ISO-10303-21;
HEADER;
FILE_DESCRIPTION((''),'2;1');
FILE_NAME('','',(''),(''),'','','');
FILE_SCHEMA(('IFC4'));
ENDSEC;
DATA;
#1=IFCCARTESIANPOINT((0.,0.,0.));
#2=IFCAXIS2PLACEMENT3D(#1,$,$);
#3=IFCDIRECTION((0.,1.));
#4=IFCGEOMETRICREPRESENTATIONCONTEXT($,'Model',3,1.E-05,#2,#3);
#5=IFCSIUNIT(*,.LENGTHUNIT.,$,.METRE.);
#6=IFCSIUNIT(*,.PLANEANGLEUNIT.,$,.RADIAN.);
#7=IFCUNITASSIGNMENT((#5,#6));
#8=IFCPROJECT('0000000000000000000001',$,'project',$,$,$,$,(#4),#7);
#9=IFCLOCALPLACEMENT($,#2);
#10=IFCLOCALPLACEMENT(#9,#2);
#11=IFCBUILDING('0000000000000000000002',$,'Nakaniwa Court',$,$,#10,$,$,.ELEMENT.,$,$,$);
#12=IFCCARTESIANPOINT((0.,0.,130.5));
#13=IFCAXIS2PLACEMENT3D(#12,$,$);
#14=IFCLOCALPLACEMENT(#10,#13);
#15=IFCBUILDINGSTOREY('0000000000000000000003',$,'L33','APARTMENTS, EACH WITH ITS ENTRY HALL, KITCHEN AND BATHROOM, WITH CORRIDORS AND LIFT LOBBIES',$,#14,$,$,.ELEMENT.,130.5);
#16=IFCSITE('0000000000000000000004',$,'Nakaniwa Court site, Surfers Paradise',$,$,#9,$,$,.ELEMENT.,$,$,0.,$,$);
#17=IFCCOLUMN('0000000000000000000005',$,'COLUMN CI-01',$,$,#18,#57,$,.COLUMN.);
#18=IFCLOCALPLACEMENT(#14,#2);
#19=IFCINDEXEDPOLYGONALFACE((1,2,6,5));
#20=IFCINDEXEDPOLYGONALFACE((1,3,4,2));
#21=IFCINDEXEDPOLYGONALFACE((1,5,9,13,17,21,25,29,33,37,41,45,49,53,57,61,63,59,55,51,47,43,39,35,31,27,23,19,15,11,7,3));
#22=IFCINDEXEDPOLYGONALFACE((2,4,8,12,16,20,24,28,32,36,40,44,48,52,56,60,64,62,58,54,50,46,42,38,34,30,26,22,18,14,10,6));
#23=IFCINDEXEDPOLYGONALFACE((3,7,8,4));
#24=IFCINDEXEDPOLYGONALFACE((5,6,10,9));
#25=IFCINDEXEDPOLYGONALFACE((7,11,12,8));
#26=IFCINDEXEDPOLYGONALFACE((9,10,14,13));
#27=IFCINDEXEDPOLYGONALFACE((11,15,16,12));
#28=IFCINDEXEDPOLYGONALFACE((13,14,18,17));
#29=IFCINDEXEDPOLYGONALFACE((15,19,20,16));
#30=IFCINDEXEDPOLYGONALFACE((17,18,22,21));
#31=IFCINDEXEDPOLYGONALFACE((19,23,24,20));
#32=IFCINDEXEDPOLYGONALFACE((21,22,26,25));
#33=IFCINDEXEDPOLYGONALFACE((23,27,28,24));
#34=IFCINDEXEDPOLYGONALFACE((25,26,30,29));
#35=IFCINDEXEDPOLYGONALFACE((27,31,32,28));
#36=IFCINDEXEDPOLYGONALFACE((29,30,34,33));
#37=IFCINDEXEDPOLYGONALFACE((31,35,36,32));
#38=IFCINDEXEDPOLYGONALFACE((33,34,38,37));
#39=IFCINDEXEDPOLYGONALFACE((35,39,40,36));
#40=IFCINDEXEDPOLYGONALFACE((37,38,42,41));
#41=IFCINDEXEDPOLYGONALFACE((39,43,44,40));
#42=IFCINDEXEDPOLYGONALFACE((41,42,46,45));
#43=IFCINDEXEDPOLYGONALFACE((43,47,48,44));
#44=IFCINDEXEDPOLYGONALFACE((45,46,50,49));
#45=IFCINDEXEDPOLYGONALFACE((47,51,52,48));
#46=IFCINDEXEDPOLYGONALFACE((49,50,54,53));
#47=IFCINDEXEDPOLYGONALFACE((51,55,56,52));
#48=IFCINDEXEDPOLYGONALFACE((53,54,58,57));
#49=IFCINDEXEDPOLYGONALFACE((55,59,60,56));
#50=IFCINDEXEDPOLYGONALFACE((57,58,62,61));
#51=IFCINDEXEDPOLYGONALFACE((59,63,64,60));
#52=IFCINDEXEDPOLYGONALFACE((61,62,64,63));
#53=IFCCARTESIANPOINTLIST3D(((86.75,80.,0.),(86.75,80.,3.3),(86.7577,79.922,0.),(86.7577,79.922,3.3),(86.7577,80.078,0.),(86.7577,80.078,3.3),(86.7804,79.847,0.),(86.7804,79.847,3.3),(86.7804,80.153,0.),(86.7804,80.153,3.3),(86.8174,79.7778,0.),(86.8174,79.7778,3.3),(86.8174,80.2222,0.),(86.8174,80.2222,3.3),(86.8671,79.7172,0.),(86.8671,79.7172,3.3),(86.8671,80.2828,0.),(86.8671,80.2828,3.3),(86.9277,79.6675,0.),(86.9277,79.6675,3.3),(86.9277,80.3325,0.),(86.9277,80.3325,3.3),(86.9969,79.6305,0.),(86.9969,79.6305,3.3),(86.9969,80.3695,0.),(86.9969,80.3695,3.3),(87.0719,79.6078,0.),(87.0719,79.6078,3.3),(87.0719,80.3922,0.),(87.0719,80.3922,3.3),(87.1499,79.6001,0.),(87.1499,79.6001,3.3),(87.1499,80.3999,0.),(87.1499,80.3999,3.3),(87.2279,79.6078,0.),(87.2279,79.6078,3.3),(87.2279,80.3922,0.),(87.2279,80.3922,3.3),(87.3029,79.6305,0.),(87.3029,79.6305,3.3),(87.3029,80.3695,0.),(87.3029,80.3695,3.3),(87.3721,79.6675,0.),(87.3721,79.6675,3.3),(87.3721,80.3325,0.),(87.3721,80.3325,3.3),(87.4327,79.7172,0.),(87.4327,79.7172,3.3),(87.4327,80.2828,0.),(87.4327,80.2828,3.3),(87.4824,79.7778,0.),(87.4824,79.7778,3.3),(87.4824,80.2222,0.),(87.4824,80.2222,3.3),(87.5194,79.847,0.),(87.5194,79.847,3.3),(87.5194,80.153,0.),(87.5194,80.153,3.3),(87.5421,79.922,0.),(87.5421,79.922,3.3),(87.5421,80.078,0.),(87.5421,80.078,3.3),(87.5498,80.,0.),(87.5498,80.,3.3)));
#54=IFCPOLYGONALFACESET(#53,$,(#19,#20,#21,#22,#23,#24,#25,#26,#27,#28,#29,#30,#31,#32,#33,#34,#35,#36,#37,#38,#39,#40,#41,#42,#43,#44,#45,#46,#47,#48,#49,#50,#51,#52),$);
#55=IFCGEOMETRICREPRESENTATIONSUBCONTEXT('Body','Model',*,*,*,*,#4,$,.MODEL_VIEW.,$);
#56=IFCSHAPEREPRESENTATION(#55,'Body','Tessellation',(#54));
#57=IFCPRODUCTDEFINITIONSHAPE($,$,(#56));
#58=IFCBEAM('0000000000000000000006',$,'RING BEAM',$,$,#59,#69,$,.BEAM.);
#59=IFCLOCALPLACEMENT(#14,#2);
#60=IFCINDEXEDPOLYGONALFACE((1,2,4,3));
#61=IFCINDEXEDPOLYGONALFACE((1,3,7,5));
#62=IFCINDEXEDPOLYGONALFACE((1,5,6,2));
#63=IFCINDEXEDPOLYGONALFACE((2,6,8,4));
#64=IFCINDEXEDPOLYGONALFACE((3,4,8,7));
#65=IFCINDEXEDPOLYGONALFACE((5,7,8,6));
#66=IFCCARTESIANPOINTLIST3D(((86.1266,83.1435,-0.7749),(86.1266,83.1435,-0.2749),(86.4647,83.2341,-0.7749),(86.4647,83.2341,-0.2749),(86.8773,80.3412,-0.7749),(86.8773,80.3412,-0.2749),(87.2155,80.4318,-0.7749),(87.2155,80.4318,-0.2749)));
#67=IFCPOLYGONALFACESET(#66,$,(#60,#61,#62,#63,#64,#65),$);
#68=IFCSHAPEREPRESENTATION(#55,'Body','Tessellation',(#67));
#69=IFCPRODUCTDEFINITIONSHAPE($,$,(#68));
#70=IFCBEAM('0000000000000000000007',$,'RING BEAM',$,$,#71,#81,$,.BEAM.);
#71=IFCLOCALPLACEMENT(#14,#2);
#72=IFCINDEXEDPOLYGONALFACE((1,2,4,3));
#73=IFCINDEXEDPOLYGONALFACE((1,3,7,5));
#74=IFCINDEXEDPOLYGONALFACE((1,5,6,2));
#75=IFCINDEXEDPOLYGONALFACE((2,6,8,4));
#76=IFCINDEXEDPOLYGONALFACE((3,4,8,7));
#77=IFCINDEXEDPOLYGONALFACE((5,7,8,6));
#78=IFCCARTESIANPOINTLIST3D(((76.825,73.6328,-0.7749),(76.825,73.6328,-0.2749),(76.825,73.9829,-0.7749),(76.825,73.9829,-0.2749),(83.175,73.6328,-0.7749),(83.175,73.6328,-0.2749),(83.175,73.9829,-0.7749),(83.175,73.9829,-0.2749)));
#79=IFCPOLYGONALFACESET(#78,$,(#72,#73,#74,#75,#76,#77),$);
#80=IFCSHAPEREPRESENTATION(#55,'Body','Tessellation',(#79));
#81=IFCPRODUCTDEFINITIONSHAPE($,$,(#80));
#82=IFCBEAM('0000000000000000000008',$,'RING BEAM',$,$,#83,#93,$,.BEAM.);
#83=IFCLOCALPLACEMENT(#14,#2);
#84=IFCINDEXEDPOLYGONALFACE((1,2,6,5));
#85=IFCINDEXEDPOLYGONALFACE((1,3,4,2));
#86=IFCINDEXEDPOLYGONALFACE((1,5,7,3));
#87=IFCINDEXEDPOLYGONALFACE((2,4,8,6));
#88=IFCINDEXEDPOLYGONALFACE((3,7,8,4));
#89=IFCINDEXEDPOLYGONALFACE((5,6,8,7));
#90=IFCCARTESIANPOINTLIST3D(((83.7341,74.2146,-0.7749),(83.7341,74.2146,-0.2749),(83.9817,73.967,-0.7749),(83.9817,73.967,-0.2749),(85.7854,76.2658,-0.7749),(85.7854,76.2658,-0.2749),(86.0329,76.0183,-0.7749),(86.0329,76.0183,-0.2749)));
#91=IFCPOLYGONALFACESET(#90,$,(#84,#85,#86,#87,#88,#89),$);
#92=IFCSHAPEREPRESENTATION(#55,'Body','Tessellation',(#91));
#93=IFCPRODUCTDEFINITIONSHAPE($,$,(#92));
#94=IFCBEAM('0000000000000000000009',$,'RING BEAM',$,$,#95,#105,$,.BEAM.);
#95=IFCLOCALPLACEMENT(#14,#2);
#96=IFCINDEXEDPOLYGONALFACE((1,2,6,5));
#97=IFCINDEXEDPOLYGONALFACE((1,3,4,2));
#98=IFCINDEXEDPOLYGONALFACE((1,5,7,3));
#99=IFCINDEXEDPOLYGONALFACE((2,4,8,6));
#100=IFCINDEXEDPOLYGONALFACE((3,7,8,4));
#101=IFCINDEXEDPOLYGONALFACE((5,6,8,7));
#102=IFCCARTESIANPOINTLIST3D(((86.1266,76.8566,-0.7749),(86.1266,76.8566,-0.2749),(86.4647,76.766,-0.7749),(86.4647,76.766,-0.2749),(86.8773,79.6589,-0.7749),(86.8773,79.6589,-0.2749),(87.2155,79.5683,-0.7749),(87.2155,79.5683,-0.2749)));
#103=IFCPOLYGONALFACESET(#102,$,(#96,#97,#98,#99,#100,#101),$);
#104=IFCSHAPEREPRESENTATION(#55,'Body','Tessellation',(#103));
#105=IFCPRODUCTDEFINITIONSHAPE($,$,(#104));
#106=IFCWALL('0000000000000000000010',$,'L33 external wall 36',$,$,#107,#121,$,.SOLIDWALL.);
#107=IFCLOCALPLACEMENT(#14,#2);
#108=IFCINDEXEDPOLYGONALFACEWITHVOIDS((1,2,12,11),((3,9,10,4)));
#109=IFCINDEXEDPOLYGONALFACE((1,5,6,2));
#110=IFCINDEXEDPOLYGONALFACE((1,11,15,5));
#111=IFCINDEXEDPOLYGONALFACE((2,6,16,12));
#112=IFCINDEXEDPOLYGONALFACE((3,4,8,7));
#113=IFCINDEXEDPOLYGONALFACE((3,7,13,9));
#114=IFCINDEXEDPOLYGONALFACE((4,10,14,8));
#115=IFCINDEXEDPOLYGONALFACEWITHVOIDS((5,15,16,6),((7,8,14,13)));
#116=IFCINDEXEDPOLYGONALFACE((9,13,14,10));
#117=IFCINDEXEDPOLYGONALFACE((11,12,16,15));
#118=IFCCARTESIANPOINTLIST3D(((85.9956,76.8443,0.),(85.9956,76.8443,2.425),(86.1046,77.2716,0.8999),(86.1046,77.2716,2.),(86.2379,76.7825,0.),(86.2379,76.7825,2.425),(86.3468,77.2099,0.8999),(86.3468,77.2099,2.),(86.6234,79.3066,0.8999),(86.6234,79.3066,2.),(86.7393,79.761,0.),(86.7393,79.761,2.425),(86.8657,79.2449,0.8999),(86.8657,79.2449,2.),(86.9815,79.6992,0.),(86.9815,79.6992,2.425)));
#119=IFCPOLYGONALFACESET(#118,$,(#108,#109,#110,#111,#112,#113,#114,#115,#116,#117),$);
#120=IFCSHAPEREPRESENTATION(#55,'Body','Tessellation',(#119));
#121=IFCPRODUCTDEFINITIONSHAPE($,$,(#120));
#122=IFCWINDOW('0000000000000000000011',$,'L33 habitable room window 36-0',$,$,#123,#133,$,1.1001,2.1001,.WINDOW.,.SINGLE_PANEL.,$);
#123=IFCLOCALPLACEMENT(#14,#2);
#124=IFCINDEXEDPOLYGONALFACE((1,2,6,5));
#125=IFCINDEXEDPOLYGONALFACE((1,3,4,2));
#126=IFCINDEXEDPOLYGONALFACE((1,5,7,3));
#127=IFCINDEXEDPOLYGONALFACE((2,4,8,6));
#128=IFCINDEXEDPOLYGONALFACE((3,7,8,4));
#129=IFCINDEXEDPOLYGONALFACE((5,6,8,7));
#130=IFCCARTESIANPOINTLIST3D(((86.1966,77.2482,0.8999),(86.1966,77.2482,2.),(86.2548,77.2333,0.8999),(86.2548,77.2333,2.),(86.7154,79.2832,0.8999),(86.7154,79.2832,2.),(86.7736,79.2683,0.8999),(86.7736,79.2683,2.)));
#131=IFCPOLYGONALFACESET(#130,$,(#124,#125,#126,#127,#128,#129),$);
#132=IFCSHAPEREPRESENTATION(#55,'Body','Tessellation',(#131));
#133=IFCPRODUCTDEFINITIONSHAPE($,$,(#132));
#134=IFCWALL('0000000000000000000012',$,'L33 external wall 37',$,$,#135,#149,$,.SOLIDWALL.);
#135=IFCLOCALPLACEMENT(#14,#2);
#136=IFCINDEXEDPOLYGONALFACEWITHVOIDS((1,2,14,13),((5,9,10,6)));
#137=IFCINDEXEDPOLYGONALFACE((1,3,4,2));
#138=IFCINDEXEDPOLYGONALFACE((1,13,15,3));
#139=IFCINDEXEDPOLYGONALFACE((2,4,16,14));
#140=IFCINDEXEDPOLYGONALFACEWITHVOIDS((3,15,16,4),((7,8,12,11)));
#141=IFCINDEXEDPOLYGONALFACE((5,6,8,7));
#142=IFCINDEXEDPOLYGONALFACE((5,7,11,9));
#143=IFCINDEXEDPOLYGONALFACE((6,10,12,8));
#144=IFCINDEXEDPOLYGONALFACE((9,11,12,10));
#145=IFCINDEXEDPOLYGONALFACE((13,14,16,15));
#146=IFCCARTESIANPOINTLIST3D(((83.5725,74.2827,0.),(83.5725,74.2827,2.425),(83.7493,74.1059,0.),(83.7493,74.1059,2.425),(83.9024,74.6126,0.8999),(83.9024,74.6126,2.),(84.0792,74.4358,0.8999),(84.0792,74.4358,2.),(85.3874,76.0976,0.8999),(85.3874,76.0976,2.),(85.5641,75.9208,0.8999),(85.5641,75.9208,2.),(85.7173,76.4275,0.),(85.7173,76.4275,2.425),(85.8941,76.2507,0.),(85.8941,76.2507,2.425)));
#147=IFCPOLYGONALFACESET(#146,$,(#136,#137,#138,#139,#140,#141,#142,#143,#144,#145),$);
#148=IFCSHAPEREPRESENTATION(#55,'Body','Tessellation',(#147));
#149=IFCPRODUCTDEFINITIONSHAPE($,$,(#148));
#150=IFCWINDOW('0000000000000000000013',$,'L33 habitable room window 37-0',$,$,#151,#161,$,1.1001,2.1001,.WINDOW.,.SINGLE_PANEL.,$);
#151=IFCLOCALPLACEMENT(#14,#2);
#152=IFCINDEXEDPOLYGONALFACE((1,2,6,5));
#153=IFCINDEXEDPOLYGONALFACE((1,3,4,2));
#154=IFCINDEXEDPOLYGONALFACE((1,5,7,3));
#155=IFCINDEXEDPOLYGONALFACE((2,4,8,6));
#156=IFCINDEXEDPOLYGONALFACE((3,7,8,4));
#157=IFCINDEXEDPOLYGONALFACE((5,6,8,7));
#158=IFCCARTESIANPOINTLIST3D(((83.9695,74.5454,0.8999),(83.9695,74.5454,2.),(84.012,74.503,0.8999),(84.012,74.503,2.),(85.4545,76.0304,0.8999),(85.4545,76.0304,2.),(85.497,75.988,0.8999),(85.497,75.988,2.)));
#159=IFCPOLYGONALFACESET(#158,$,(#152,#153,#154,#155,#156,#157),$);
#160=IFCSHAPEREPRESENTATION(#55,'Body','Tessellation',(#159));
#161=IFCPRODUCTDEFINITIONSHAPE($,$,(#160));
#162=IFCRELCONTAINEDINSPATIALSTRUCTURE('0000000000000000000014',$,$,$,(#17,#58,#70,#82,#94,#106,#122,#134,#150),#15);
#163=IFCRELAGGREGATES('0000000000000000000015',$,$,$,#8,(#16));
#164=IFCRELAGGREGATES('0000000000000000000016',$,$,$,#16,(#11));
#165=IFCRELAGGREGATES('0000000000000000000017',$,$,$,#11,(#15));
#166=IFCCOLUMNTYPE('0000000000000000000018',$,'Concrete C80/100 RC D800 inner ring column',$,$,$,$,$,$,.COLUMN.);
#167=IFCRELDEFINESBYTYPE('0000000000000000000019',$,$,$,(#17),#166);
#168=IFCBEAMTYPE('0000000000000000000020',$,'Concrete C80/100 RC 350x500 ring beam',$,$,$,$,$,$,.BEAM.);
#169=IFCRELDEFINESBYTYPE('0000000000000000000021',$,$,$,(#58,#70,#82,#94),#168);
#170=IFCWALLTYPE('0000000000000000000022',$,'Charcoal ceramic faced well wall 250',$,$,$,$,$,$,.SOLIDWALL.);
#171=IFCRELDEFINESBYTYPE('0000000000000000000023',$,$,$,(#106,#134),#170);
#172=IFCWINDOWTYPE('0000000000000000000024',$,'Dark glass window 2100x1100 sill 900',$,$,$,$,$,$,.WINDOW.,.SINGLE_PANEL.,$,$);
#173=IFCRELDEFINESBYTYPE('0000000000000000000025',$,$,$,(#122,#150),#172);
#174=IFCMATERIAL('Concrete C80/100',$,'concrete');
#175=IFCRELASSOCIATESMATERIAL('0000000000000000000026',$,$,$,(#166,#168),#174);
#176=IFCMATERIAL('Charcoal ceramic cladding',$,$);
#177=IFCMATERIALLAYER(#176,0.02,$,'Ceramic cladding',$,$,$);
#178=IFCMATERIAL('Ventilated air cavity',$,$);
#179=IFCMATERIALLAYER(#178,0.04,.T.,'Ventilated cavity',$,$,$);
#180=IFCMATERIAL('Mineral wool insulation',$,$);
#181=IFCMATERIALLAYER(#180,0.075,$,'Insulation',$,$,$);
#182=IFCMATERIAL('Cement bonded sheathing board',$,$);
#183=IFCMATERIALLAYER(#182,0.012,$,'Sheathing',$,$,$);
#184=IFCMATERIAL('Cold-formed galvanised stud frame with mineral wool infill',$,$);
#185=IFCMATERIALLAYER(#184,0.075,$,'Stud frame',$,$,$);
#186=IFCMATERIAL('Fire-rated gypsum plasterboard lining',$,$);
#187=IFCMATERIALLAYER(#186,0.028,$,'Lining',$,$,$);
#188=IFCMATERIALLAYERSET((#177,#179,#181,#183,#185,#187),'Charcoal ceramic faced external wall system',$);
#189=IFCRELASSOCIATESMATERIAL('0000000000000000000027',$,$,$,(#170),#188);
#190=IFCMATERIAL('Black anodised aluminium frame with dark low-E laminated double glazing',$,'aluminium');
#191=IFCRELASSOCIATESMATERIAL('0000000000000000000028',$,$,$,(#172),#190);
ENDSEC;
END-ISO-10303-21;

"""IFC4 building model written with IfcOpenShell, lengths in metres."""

from ifc_helpers import new_model, si_unit, direction, frame, frame_2d, origin, origin_2d, place, context, subcontext, project, spatial, rectangle, circle, extrude, material, layer, layer_set, material_profile, profile_set, type_object, element, fill, save


model = new_model("IFC4")

# Units and contexts
model_context = context("Model", 3, precision=1e-05, world=origin(), true_north=direction((0.0, 1.0)))
body_context = subcontext(model_context, "Body", "Model", "MODEL_VIEW")
ifc_project = project(units=[si_unit("LENGTHUNIT", "METRE"), si_unit("PLANEANGLEUNIT", "RADIAN")], contexts=[model_context])

# Site, building, storey
site_placement = place(None, origin())
site = spatial("IfcSite", under=ifc_project, at=site_placement, Name="Nakaniwa Court site, Surfers Paradise", CompositionType="ELEMENT", RefElevation=0.0)
building_placement = place(site_placement, origin())
building = spatial("IfcBuilding", under=site, at=building_placement, Name="Nakaniwa Court", CompositionType="ELEMENT")
storey_placement = place(building_placement, frame((0.0, 0.0, 130.5)))
storey = spatial("IfcBuildingStorey", under=building, at=storey_placement, Name="L33", Description="APARTMENTS, EACH WITH ITS ENTRY HALL, KITCHEN AND BATHROOM, WITH CORRIDORS AND LIFT LOBBIES", CompositionType="ELEMENT", Elevation=130.5)

# Column
ifc_material_1 = material(Name="Concrete C80/100", Category="concrete")
ifc_material_profile_1 = material_profile(ifc_material_1, circle(Radius=0.3999, at=origin_2d()), Name="Concrete C80/100 RC D800 inner ring column")
ifc_profile_set_1 = profile_set([ifc_material_profile_1], Name="Concrete C80/100")
column_type = type_object("IfcColumnType", Name="Concrete C80/100 RC D800 inner ring column", PredefinedType="COLUMN", material=ifc_profile_set_1)
for number, where, z_axis, x_axis, name in (
    (1, (87.1499, 80.0, 0.0), (0.0, 0.0, 1.0), (0.0, 1.0, 0.0), "COLUMN CI-01"),
):
    element("IfcColumn", number, at=place(storey_placement, frame(where, z_axis=z_axis, x_axis=x_axis)), inside=storey, type_object=column_type, Name=name, PredefinedType="COLUMN", context=body_context, shape_type="SweptSolid", body=[
        extrude(circle(Radius=0.3999, at=origin_2d()), origin(), (0.0, 0.0, 1.0), 3.3),
    ])

# Beams
ifc_material_profile_2 = material_profile(ifc_material_1, rectangle(XDim=0.3501, YDim=0.5, at=origin_2d()), Name="Concrete C80/100 RC 350x500 ring beam")
ifc_profile_set_2 = profile_set([ifc_material_profile_2], Name="Concrete C80/100")
beam_type = type_object("IfcBeamType", Name="Concrete C80/100 RC 350x500 ring beam", PredefinedType="BEAM", material=ifc_profile_set_2)
beam_1_placement = place(storey_placement, frame((87.0464, 80.3865, -0.5249), z_axis=(-0.258778, 0.965937, 0.0), x_axis=(-0.965937, -0.258778, 0.0)))
element("IfcBeam", 2, at=beam_1_placement, inside=storey, type_object=beam_type, Name="RING BEAM", PredefinedType="BEAM", context=body_context, shape_type="SweptSolid", body=[
    extrude(rectangle(XDim=0.3501, YDim=0.5, at=origin_2d()), origin(), (0.0, 0.0, 1.0), 2.9011),
])
beam_2_placement = place(storey_placement, frame((76.825, 73.8079, -0.5249), z_axis=(1.0, 0.0, 0.0), x_axis=(0.0, 1.0, 0.0)))
element("IfcBeam", 3, at=beam_2_placement, inside=storey, type_object=beam_type, Name="RING BEAM", PredefinedType="BEAM", context=body_context, shape_type="SweptSolid", body=[
    extrude(rectangle(XDim=0.3501, YDim=0.5, at=origin_2d()), origin(), (0.0, 0.0, 1.0), 6.3501),
])
beam_3_placement = place(storey_placement, frame((83.8579, 74.0908, -0.5249), z_axis=(0.707107, 0.707107, 0.0), x_axis=(-0.707107, 0.707107, 0.0)))
element("IfcBeam", 4, at=beam_3_placement, inside=storey, type_object=beam_type, Name="RING BEAM", PredefinedType="BEAM", context=body_context, shape_type="SweptSolid", body=[
    extrude(rectangle(XDim=0.3501, YDim=0.5, at=origin_2d()), origin(), (0.0, 0.0, 1.0), 2.9009),
])
beam_4_placement = place(storey_placement, frame((86.2957, 76.8113, -0.5249), z_axis=(0.258778, 0.965937, 0.0), x_axis=(-0.965937, 0.258778, 0.0)))
element("IfcBeam", 5, at=beam_4_placement, inside=storey, type_object=beam_type, Name="RING BEAM", PredefinedType="BEAM", context=body_context, shape_type="SweptSolid", body=[
    extrude(rectangle(XDim=0.3501, YDim=0.5, at=origin_2d()), origin(), (0.0, 0.0, 1.0), 2.9011),
])

# Walls, openings, windows
ifc_material_2 = material(Name="Charcoal ceramic cladding")
ifc_layer_1 = layer(ifc_material_2, 0.02, Name="Ceramic cladding")
ifc_material_3 = material(Name="Ventilated air cavity")
ifc_layer_2 = layer(ifc_material_3, 0.04, ventilated=True, Name="Ventilated cavity")
ifc_material_4 = material(Name="Mineral wool insulation")
ifc_layer_3 = layer(ifc_material_4, 0.075, Name="Insulation")
ifc_material_5 = material(Name="Cement bonded sheathing board")
ifc_layer_4 = layer(ifc_material_5, 0.012, Name="Sheathing")
ifc_material_6 = material(Name="Cold-formed galvanised stud frame with mineral wool infill")
ifc_layer_5 = layer(ifc_material_6, 0.075, Name="Stud frame")
ifc_material_7 = material(Name="Fire-rated gypsum plasterboard lining")
ifc_layer_6 = layer(ifc_material_7, 0.028, Name="Lining")
ifc_layer_set = layer_set([ifc_layer_1, ifc_layer_2, ifc_layer_3, ifc_layer_4, ifc_layer_5, ifc_layer_6], Name="Charcoal ceramic faced external wall system")
wall_type = type_object("IfcWallType", Name="Charcoal ceramic faced well wall 250", PredefinedType="SOLIDWALL", material=ifc_layer_set)
wall_1_placement = place(storey_placement, frame((86.8604, 79.73, 0.0), z_axis=(0.0, 0.0, 1.0), x_axis=(-0.247056, -0.969001, 0.0)))
wall_1 = element("IfcWall", 6, at=wall_1_placement, inside=storey, type_object=wall_type, Name="L33 external wall 36", PredefinedType="SOLIDWALL", context=body_context, shape_type="SweptSolid", body=[
    extrude(rectangle(XDim=3.01, YDim=0.25, at=frame_2d((1.5049, 0.0))), origin(), (0.0, 0.0, 1.0), 2.425),
])
opening_1_placement = place(wall_1_placement, frame((0.4688, 0.0, 0.8999)))
opening_1 = element("IfcOpeningElement", 7, at=opening_1_placement, cuts=wall_1, PredefinedType="OPENING", context=body_context, shape_type="SweptSolid", body=[
    extrude(rectangle(XDim=2.1001, YDim=1.1001, at=frame_2d((1.05, 0.55))), frame((0.0, 0.135, 0.0), z_axis=(0.0, -1.0, 0.0), x_axis=(1.0, 0.0, 0.0)), (0.0, 0.0, 1.0), 0.27),
])
ifc_material_8 = material(Name="Black anodised aluminium frame with dark low-E laminated double glazing", Category="aluminium")
window_type = type_object("IfcWindowType", Name="Dark glass window 2100x1100 sill 900", PartitioningType="SINGLE_PANEL", PredefinedType="WINDOW", material=ifc_material_8)
window_1_placement = place(opening_1_placement, origin())
window_1 = element("IfcWindow", 8, at=window_1_placement, inside=storey, type_object=window_type, Name="L33 habitable room window 36-0", OverallHeight=1.1001, OverallWidth=2.1001, PartitioningType="SINGLE_PANEL", PredefinedType="WINDOW", context=body_context, shape_type="SweptSolid", body=[
    extrude(rectangle(XDim=2.1001, YDim=1.1001, at=frame_2d((1.05, 0.55))), frame((0.0, 0.03, 0.0), z_axis=(0.0, -1.0, 0.0), x_axis=(1.0, 0.0, 0.0)), (0.0, 0.0, 1.0), 0.0601),
])
fill(opening_1, window_1)
wall_2_placement = place(storey_placement, frame((85.8057, 76.3391, 0.0), z_axis=(0.0, 0.0, 1.0), x_axis=(-0.707107, -0.707107, 0.0)))
wall_2 = element("IfcWall", 9, at=wall_2_placement, inside=storey, type_object=wall_type, Name="L33 external wall 37", PredefinedType="SOLIDWALL", context=body_context, shape_type="SweptSolid", body=[
    extrude(rectangle(XDim=3.0332, YDim=0.25, at=frame_2d((1.5166, 0.0))), origin(), (0.0, 0.0, 1.0), 2.425),
])
opening_2_placement = place(wall_2_placement, frame((0.4666, 0.0, 0.8999)))
opening_2 = element("IfcOpeningElement", 10, at=opening_2_placement, cuts=wall_2, PredefinedType="OPENING", context=body_context, shape_type="SweptSolid", body=[
    extrude(rectangle(XDim=2.1001, YDim=1.1001, at=frame_2d((1.05, 0.55))), frame((0.0, 0.135, 0.0), z_axis=(0.0, -1.0, 0.0), x_axis=(1.0, 0.0, 0.0)), (0.0, 0.0, 1.0), 0.27),
])
window_2_placement = place(opening_2_placement, origin())
window_2 = element("IfcWindow", 11, at=window_2_placement, inside=storey, type_object=window_type, Name="L33 habitable room window 37-0", OverallHeight=1.1001, OverallWidth=2.1001, PartitioningType="SINGLE_PANEL", PredefinedType="WINDOW", context=body_context, shape_type="SweptSolid", body=[
    extrude(rectangle(XDim=2.1001, YDim=1.1001, at=frame_2d((1.05, 0.55))), frame((0.0, 0.03, 0.0), z_axis=(0.0, -1.0, 0.0), x_axis=(1.0, 0.0, 0.0)), (0.0, 0.0, 1.0), 0.0601),
])
fill(opening_2, window_2)

save(model, "model.ifc")
